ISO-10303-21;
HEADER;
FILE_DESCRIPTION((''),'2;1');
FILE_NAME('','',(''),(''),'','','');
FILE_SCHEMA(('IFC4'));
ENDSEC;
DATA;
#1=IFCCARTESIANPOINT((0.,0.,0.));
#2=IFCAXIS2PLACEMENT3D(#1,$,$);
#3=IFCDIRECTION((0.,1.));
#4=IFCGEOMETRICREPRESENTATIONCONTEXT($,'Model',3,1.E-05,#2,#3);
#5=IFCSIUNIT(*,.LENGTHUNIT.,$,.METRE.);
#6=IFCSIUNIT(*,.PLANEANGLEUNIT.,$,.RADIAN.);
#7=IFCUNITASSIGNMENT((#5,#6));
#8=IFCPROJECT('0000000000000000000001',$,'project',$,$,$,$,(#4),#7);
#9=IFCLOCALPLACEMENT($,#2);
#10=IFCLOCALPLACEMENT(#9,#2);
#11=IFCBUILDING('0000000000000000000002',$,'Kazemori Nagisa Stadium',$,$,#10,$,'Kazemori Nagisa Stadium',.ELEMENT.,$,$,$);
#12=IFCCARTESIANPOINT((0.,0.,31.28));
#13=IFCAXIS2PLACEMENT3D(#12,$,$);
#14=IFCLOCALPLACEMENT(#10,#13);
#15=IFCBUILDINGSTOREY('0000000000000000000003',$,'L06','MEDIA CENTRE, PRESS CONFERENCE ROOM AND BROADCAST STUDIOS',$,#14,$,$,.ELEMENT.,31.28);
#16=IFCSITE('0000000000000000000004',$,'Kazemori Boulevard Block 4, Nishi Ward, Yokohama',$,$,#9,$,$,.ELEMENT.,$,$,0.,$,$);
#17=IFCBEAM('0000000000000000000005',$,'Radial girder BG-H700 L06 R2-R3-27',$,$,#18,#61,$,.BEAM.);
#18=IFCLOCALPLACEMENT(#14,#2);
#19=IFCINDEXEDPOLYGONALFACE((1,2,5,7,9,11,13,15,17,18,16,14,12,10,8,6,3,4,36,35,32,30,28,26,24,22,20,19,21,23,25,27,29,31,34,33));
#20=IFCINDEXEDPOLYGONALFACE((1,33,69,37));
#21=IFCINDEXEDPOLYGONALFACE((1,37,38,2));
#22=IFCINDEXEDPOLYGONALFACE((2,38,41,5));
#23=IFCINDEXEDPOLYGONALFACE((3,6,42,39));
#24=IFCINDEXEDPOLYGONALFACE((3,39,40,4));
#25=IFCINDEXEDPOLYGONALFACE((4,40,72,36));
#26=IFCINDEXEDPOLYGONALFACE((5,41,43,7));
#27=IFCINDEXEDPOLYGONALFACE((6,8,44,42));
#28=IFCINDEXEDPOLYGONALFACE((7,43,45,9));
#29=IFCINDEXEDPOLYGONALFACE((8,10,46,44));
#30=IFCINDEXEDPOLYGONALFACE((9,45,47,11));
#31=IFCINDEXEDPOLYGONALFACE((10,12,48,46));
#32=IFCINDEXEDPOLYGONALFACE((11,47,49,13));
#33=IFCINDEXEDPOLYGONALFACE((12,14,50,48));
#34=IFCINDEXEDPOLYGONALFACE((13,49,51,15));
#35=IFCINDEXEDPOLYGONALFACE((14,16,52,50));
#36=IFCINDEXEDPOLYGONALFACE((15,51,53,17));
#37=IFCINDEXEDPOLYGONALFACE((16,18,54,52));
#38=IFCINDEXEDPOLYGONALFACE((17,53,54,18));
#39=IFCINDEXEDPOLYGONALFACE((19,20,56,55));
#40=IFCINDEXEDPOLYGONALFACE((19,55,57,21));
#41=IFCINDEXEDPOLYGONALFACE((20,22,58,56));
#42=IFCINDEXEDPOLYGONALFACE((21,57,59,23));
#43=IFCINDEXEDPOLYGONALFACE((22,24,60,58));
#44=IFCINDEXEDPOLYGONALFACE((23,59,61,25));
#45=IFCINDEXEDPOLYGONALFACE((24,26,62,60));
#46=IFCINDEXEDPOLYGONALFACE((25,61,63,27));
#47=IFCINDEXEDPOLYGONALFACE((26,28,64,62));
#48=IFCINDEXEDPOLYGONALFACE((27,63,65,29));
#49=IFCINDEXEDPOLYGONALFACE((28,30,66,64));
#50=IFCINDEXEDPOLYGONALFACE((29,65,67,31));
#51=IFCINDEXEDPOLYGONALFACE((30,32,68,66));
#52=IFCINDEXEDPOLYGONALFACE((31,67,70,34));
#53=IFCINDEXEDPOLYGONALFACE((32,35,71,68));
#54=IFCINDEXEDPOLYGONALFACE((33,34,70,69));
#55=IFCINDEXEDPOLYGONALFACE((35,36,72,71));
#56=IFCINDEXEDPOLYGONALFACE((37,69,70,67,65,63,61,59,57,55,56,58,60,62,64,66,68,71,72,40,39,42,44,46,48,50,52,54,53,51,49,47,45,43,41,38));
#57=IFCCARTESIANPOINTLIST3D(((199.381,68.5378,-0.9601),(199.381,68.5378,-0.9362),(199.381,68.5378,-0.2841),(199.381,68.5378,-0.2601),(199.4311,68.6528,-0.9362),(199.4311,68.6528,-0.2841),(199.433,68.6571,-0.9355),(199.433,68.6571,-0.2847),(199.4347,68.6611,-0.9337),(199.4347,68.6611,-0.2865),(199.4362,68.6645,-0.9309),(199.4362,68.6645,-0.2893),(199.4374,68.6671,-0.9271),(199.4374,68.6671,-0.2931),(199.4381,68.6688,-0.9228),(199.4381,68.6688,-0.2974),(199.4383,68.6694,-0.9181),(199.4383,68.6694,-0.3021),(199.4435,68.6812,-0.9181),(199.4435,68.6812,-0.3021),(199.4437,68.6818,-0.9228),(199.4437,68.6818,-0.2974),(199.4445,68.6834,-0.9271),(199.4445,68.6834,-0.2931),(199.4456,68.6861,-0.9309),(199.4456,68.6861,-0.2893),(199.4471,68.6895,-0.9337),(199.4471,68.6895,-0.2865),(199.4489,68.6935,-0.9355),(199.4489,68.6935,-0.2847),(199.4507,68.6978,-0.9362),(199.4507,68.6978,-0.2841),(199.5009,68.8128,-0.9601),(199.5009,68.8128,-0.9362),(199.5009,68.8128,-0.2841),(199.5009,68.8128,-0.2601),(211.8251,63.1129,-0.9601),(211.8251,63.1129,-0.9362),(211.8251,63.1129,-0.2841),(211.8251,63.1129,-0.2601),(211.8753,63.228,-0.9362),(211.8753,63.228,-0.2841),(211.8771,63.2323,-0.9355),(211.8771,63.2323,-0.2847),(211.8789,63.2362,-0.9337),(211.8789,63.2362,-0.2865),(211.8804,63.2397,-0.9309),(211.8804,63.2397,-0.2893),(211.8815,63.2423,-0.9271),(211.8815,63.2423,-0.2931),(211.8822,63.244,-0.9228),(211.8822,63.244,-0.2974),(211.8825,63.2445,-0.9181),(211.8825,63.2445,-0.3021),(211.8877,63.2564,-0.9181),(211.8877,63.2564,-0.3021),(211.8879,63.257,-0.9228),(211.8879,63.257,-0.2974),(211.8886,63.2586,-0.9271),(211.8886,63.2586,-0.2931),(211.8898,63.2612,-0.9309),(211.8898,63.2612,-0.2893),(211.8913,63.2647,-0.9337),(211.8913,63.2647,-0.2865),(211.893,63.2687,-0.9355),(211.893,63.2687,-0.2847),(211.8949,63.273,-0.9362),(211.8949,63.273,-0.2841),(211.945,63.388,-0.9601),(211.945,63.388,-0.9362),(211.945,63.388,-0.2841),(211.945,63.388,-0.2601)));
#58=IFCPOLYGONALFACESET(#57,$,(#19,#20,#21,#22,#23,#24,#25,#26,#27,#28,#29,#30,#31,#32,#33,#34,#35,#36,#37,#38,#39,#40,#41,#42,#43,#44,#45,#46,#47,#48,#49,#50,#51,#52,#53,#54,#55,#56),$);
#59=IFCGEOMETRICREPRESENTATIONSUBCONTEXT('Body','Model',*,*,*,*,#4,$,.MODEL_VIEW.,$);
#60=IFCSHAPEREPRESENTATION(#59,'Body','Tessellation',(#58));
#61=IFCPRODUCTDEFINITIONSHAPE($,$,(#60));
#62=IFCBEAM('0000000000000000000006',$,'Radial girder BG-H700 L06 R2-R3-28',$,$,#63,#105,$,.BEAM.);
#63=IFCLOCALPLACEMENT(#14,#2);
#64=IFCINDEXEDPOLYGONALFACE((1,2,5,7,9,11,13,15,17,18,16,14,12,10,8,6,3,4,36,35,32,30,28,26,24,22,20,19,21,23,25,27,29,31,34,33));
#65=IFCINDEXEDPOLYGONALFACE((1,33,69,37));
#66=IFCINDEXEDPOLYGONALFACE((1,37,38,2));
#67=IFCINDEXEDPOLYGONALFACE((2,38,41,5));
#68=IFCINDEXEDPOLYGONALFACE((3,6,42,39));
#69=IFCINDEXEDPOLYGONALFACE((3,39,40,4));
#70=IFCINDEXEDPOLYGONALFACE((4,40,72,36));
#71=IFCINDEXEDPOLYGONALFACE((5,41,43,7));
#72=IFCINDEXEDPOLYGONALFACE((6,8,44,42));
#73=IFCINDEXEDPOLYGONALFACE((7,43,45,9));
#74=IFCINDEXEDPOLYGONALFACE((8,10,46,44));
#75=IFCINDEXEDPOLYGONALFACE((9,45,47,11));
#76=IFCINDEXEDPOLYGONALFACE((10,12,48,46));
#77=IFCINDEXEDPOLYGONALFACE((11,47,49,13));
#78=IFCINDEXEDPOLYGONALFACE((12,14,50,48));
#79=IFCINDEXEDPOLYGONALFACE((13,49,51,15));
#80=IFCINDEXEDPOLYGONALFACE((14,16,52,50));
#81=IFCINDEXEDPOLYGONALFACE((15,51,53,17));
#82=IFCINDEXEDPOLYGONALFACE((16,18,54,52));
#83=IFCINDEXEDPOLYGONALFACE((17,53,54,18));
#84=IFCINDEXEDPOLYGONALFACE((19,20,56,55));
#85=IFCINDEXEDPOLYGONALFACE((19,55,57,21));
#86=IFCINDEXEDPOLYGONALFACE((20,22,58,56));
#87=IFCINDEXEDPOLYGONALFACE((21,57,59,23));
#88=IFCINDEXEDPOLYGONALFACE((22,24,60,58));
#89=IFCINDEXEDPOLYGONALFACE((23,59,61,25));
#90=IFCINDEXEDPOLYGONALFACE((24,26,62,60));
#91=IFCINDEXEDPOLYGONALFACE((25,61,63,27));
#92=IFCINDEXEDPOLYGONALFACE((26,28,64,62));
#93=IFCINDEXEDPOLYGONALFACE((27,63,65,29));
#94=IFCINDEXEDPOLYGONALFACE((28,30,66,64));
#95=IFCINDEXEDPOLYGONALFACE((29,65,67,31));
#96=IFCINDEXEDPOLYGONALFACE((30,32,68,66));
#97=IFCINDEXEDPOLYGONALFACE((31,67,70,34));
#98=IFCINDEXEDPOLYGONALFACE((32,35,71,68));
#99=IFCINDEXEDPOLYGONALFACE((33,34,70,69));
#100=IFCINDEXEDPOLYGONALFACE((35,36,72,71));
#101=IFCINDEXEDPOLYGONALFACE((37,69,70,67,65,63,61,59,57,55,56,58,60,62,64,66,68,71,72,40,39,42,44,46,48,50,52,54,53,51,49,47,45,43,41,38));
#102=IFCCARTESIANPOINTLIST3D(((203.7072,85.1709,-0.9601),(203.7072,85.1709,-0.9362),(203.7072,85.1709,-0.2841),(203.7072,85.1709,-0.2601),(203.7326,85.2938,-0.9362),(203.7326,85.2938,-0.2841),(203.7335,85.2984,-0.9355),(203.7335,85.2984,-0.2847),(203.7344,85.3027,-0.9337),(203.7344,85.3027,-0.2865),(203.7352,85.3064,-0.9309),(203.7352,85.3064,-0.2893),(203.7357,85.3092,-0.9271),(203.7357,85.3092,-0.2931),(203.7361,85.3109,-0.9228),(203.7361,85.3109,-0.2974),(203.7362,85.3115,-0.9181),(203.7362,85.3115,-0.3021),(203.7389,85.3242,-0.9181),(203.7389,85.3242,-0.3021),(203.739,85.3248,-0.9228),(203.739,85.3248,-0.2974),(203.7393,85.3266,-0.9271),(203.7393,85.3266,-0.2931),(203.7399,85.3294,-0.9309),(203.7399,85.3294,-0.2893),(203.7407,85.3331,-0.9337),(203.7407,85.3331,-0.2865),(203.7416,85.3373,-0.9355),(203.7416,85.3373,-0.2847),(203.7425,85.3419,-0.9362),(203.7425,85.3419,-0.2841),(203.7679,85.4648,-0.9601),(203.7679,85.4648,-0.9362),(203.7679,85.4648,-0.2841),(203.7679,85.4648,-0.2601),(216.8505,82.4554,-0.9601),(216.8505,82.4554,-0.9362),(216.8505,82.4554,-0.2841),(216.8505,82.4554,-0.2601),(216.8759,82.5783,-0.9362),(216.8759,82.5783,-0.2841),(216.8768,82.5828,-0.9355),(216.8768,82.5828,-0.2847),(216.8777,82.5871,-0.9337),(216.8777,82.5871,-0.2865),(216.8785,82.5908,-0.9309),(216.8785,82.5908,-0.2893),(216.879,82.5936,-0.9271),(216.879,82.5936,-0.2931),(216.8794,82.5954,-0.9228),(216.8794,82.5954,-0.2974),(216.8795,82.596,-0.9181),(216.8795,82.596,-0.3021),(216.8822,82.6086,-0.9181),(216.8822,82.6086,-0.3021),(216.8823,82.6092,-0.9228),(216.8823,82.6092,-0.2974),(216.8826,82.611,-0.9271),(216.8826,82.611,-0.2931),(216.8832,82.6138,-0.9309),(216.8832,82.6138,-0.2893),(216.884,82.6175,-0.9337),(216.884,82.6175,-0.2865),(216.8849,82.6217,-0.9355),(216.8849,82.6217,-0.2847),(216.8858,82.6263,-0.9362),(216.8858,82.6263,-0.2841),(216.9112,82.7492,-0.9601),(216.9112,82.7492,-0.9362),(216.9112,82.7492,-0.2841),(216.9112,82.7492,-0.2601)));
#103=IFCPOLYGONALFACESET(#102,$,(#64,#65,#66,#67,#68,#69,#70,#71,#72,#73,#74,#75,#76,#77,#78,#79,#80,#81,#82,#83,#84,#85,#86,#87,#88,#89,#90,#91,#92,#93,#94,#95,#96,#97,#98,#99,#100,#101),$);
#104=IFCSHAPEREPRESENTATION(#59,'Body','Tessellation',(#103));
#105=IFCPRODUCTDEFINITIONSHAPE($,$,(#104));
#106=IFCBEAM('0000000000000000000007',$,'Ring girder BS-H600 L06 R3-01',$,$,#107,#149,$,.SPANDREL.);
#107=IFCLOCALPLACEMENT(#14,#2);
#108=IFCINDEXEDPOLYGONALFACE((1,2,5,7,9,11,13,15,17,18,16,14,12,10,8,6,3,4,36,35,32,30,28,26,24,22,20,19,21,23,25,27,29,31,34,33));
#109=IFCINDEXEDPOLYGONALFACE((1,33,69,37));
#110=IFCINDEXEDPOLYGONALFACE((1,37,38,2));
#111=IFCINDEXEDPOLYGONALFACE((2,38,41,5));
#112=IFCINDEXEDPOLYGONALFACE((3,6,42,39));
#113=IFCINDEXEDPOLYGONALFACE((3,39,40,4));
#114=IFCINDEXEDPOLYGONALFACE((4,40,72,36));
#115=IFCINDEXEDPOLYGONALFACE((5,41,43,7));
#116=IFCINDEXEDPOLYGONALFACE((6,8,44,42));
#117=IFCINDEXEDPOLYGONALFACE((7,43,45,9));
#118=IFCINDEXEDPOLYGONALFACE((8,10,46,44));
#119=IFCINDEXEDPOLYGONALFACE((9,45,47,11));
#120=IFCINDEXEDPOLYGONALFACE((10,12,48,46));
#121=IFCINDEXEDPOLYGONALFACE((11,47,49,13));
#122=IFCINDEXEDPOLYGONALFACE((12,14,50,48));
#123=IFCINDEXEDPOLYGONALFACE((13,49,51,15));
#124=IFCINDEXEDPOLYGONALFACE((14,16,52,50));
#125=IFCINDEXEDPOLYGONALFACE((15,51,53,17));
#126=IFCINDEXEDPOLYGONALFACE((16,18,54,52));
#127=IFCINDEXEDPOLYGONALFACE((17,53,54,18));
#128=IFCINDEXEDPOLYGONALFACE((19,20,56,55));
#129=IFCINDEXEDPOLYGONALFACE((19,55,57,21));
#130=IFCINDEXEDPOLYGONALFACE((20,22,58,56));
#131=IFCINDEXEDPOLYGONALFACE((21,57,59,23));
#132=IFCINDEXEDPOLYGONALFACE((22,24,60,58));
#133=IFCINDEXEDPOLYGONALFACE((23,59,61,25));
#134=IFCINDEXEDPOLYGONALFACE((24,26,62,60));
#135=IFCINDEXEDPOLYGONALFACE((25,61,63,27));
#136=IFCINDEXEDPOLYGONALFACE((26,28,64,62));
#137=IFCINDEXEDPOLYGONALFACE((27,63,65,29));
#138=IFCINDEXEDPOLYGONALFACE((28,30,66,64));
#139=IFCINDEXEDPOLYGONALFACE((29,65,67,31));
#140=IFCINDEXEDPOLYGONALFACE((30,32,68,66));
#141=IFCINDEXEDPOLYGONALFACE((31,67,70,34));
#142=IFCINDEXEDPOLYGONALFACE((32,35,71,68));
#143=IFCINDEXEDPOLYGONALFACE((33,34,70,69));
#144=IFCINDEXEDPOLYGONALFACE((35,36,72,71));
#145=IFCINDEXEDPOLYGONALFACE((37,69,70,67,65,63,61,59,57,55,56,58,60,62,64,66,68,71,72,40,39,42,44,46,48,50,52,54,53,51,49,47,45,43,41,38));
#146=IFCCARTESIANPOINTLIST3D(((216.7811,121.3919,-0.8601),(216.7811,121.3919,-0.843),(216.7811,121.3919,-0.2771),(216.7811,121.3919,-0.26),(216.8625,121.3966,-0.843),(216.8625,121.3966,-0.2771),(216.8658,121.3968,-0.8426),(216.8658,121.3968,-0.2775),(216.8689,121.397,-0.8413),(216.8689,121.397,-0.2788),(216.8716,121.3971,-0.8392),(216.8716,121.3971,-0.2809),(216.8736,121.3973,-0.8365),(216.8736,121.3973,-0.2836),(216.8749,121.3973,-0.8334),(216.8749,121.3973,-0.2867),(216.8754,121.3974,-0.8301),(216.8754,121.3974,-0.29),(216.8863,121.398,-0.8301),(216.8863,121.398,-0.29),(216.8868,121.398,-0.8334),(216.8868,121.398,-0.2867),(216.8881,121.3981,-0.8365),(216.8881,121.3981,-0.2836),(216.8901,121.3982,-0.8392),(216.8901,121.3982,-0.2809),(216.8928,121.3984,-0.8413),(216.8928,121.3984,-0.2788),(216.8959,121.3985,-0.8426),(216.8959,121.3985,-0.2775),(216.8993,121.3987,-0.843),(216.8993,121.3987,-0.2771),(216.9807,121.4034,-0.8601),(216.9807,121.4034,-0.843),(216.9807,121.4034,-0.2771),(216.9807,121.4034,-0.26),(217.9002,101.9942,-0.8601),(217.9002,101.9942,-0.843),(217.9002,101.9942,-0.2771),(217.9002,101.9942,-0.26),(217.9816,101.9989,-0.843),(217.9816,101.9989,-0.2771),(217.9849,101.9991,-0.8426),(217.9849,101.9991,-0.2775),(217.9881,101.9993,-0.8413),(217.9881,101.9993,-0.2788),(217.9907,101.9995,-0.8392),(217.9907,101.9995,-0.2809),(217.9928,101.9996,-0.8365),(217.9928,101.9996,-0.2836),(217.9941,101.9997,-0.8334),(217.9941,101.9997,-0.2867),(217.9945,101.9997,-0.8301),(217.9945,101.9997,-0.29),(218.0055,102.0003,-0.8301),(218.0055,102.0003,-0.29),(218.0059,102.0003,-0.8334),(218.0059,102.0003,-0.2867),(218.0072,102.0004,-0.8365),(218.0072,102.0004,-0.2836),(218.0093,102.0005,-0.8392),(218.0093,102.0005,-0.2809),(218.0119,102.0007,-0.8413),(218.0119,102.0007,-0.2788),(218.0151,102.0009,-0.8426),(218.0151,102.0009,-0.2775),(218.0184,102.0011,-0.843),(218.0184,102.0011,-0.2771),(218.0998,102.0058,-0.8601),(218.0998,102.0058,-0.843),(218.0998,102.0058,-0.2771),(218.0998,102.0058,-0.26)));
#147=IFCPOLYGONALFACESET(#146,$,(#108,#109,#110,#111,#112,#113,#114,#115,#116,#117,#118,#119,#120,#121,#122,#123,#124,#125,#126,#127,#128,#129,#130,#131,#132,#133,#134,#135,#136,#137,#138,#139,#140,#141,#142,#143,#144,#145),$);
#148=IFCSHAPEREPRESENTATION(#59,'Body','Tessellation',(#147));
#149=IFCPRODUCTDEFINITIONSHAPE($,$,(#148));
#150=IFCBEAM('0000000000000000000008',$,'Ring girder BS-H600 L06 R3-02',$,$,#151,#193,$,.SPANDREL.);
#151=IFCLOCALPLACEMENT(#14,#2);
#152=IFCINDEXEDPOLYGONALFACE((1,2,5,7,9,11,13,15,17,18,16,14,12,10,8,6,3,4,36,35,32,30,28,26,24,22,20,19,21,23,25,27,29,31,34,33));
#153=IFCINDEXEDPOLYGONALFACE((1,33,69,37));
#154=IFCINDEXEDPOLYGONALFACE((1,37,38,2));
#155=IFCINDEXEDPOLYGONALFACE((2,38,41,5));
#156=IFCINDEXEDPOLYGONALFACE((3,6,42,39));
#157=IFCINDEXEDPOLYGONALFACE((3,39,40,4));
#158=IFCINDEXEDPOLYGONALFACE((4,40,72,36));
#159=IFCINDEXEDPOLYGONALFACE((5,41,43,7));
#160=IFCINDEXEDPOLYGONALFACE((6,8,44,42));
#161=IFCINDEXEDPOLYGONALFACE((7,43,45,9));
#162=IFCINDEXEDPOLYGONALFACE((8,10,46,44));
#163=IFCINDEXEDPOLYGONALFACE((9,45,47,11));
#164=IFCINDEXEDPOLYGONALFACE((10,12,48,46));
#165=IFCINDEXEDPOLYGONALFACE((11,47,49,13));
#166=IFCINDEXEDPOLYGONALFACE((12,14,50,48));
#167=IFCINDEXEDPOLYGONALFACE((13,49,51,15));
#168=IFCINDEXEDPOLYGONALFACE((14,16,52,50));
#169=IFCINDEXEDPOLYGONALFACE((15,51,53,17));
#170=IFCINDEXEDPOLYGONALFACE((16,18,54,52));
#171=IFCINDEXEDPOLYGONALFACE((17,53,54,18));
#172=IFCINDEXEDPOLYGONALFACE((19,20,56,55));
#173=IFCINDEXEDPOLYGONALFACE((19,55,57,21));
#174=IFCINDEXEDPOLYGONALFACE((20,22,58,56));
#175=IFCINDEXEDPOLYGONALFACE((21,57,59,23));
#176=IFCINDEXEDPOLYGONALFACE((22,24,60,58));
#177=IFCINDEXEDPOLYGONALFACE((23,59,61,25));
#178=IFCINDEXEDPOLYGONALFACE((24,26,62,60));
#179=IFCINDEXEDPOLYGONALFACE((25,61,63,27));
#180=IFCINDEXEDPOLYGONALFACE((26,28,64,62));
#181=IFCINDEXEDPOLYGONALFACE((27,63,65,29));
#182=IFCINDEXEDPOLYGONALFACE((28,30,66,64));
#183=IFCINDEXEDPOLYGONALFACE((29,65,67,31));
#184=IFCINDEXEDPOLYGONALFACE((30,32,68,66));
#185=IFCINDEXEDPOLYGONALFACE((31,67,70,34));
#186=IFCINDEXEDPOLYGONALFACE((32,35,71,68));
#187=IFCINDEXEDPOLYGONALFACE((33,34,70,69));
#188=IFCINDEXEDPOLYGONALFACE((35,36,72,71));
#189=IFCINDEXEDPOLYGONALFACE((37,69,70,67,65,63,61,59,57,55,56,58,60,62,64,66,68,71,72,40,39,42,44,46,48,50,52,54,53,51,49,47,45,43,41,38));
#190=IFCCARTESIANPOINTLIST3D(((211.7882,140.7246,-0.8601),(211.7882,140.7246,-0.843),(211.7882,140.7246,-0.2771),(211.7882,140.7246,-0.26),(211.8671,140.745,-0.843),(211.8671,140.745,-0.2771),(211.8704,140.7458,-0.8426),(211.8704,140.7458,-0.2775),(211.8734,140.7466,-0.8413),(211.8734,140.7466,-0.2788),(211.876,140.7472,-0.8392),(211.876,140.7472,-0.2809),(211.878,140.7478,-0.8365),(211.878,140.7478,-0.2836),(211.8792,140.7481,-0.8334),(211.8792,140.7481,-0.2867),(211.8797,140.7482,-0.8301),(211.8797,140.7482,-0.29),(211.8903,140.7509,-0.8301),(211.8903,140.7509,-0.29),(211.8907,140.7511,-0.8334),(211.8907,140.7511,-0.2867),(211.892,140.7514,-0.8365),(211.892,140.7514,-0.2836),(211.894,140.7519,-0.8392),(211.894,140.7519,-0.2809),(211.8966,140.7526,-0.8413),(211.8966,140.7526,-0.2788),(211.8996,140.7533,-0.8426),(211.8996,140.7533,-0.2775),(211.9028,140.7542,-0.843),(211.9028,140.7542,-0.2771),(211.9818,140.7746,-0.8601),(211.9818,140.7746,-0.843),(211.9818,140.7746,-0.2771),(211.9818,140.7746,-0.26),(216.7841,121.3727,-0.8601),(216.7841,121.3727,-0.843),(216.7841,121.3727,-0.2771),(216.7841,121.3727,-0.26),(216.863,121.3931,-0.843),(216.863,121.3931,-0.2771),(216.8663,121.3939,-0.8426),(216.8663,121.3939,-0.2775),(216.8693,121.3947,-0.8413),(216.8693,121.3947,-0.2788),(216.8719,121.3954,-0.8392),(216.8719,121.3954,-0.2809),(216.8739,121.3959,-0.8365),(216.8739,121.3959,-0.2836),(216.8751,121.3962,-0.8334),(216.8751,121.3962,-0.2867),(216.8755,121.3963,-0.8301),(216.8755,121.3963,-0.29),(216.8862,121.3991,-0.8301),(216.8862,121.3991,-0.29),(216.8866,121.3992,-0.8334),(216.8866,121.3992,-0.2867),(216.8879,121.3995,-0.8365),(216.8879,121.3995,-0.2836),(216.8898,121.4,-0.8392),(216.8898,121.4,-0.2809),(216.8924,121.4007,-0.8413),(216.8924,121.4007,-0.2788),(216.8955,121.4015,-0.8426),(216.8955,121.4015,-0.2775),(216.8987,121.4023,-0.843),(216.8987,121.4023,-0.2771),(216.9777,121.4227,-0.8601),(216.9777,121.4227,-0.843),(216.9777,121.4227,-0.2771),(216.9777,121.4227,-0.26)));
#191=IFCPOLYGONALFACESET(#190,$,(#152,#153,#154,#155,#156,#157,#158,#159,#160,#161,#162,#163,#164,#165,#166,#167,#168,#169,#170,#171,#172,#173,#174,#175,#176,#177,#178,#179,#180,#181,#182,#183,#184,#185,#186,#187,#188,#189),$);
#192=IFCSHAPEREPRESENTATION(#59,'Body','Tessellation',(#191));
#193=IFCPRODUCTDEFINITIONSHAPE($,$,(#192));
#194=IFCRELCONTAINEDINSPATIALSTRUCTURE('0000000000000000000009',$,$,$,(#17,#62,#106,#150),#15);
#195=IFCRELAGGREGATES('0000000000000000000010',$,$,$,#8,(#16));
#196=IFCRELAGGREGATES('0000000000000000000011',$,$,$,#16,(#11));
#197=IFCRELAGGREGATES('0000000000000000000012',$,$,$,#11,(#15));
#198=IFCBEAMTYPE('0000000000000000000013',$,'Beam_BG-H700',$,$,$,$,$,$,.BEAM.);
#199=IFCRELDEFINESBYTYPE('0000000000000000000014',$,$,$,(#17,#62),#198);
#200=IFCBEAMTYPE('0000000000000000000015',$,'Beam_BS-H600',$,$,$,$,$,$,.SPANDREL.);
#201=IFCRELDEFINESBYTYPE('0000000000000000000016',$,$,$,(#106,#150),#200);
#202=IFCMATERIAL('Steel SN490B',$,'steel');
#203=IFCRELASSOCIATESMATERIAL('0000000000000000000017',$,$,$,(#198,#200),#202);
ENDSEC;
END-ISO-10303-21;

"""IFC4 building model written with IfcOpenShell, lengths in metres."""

from ifc_helpers import new_model, si_unit, direction, frame, origin, origin_2d, place, context, subcontext, project, spatial, i_section, extrude, material, material_profile, profile_set, type_object, element, save


model = new_model("IFC4")

# Units and contexts
model_context = context("Model", 3, precision=1e-05, world=origin(), true_north=direction((0.0, 1.0)))
body_context = subcontext(model_context, "Body", "Model", "MODEL_VIEW")
ifc_project = project(units=[si_unit("LENGTHUNIT", "METRE"), si_unit("PLANEANGLEUNIT", "RADIAN")], contexts=[model_context])

# Site, building, storey
site_placement = place(None, origin())
site = spatial("IfcSite", under=ifc_project, at=site_placement, Name="Kazemori Boulevard Block 4, Nishi Ward, Yokohama", CompositionType="ELEMENT", RefElevation=0.0)
building_placement = place(site_placement, origin())
building = spatial("IfcBuilding", under=site, at=building_placement, Name="Kazemori Nagisa Stadium", LongName="Kazemori Nagisa Stadium", CompositionType="ELEMENT")
storey_placement = place(building_placement, frame((0.0, 0.0, 31.28)))
storey = spatial("IfcBuildingStorey", under=building, at=storey_placement, Name="L06", Description="MEDIA CENTRE, PRESS CONFERENCE ROOM AND BROADCAST STUDIOS", CompositionType="ELEMENT", Elevation=31.28)

# Shared definitions
ifc_material_1 = material(Name="Steel SN490B", Category="steel")

# Beams
ifc_material_profile_1 = material_profile(ifc_material_1, i_section(OverallWidth=0.3, OverallDepth=0.7, WebThickness=0.0129, FlangeThickness=0.0239, FilletRadius=0.0181, at=origin_2d()), Name="H-700x300x13x24")
ifc_profile_set_1 = profile_set([ifc_material_profile_1], Name="Steel SN490B")
beam_type_1 = type_object("IfcBeamType", Name="Beam_BG-H700", PredefinedType="BEAM", material=ifc_profile_set_1)
beam_1_placement = place(storey_placement, frame((199.4409, 68.6753, -0.6101), z_axis=(0.916684, -0.399614, 0.0), x_axis=(0.399614, 0.916684, 0.0)))
element("IfcBeam", 1, at=beam_1_placement, inside=storey, type_object=beam_type_1, Name="Radial girder BG-H700 L06 R2-R3-27", PredefinedType="BEAM", context=body_context, shape_type="SweptSolid", body=[
    extrude(i_section(OverallWidth=0.3, OverallDepth=0.7, WebThickness=0.0129, FlangeThickness=0.0239, FilletRadius=0.0181, at=origin_2d()), origin(), (0.0, 0.0, 1.0), 13.5752),
])
beam_2_placement = place(storey_placement, frame((203.7375, 85.3179, -0.6101), z_axis=(0.979316, -0.202339, 0.0), x_axis=(0.202339, 0.979316, 0.0)))
element("IfcBeam", 2, at=beam_2_placement, inside=storey, type_object=beam_type_1, Name="Radial girder BG-H700 L06 R2-R3-28", PredefinedType="BEAM", context=body_context, shape_type="SweptSolid", body=[
    extrude(i_section(OverallWidth=0.3, OverallDepth=0.7, WebThickness=0.0129, FlangeThickness=0.0239, FilletRadius=0.0181, at=origin_2d()), origin(), (0.0, 0.0, 1.0), 13.4209),
])
ifc_material_profile_2 = material_profile(ifc_material_1, i_section(OverallWidth=0.2, OverallDepth=0.6001, WebThickness=0.011, FlangeThickness=0.0171, FilletRadius=0.0129, at=origin_2d()), Name="H-600x200x11x17")
ifc_profile_set_2 = profile_set([ifc_material_profile_2], Name="Steel SN490B")
beam_type_2 = type_object("IfcBeamType", Name="Beam_BS-H600", PredefinedType="SPANDREL", material=ifc_profile_set_2)
beam_3_placement = place(storey_placement, frame((218.0, 102.0, -0.5601), z_axis=(-0.057599, 0.99834, 0.0), x_axis=(-0.99834, -0.057599, 0.0)))
element("IfcBeam", 3, at=beam_3_placement, inside=storey, type_object=beam_type_2, Name="Ring girder BS-H600 L06 R3-01", PredefinedType="SPANDREL", context=body_context, shape_type="SweptSolid", body=[
    extrude(i_section(OverallWidth=0.2, OverallDepth=0.6001, WebThickness=0.011, FlangeThickness=0.0171, FilletRadius=0.0129, at=origin_2d()), origin(), (0.0, 0.0, 1.0), 19.4299),
])
for number, where, z_axis, x_axis, name in (
    (4, (216.8809, 121.3977, -0.5601), (-0.249964, 0.968255, 0.0), (-0.968255, -0.249964, 0.0), "Ring girder BS-H600 L06 R3-02"),
):
    element("IfcBeam", number, at=place(storey_placement, frame(where, z_axis=z_axis, x_axis=x_axis)), inside=storey, type_object=beam_type_2, Name=name, PredefinedType="SPANDREL", context=body_context, shape_type="SweptSolid", body=[
        extrude(i_section(OverallWidth=0.2, OverallDepth=0.6001, WebThickness=0.011, FlangeThickness=0.0171, FilletRadius=0.0129, at=origin_2d()), origin(), (0.0, 0.0, 1.0), 19.9863),
    ])

save(model, "model.ifc")
